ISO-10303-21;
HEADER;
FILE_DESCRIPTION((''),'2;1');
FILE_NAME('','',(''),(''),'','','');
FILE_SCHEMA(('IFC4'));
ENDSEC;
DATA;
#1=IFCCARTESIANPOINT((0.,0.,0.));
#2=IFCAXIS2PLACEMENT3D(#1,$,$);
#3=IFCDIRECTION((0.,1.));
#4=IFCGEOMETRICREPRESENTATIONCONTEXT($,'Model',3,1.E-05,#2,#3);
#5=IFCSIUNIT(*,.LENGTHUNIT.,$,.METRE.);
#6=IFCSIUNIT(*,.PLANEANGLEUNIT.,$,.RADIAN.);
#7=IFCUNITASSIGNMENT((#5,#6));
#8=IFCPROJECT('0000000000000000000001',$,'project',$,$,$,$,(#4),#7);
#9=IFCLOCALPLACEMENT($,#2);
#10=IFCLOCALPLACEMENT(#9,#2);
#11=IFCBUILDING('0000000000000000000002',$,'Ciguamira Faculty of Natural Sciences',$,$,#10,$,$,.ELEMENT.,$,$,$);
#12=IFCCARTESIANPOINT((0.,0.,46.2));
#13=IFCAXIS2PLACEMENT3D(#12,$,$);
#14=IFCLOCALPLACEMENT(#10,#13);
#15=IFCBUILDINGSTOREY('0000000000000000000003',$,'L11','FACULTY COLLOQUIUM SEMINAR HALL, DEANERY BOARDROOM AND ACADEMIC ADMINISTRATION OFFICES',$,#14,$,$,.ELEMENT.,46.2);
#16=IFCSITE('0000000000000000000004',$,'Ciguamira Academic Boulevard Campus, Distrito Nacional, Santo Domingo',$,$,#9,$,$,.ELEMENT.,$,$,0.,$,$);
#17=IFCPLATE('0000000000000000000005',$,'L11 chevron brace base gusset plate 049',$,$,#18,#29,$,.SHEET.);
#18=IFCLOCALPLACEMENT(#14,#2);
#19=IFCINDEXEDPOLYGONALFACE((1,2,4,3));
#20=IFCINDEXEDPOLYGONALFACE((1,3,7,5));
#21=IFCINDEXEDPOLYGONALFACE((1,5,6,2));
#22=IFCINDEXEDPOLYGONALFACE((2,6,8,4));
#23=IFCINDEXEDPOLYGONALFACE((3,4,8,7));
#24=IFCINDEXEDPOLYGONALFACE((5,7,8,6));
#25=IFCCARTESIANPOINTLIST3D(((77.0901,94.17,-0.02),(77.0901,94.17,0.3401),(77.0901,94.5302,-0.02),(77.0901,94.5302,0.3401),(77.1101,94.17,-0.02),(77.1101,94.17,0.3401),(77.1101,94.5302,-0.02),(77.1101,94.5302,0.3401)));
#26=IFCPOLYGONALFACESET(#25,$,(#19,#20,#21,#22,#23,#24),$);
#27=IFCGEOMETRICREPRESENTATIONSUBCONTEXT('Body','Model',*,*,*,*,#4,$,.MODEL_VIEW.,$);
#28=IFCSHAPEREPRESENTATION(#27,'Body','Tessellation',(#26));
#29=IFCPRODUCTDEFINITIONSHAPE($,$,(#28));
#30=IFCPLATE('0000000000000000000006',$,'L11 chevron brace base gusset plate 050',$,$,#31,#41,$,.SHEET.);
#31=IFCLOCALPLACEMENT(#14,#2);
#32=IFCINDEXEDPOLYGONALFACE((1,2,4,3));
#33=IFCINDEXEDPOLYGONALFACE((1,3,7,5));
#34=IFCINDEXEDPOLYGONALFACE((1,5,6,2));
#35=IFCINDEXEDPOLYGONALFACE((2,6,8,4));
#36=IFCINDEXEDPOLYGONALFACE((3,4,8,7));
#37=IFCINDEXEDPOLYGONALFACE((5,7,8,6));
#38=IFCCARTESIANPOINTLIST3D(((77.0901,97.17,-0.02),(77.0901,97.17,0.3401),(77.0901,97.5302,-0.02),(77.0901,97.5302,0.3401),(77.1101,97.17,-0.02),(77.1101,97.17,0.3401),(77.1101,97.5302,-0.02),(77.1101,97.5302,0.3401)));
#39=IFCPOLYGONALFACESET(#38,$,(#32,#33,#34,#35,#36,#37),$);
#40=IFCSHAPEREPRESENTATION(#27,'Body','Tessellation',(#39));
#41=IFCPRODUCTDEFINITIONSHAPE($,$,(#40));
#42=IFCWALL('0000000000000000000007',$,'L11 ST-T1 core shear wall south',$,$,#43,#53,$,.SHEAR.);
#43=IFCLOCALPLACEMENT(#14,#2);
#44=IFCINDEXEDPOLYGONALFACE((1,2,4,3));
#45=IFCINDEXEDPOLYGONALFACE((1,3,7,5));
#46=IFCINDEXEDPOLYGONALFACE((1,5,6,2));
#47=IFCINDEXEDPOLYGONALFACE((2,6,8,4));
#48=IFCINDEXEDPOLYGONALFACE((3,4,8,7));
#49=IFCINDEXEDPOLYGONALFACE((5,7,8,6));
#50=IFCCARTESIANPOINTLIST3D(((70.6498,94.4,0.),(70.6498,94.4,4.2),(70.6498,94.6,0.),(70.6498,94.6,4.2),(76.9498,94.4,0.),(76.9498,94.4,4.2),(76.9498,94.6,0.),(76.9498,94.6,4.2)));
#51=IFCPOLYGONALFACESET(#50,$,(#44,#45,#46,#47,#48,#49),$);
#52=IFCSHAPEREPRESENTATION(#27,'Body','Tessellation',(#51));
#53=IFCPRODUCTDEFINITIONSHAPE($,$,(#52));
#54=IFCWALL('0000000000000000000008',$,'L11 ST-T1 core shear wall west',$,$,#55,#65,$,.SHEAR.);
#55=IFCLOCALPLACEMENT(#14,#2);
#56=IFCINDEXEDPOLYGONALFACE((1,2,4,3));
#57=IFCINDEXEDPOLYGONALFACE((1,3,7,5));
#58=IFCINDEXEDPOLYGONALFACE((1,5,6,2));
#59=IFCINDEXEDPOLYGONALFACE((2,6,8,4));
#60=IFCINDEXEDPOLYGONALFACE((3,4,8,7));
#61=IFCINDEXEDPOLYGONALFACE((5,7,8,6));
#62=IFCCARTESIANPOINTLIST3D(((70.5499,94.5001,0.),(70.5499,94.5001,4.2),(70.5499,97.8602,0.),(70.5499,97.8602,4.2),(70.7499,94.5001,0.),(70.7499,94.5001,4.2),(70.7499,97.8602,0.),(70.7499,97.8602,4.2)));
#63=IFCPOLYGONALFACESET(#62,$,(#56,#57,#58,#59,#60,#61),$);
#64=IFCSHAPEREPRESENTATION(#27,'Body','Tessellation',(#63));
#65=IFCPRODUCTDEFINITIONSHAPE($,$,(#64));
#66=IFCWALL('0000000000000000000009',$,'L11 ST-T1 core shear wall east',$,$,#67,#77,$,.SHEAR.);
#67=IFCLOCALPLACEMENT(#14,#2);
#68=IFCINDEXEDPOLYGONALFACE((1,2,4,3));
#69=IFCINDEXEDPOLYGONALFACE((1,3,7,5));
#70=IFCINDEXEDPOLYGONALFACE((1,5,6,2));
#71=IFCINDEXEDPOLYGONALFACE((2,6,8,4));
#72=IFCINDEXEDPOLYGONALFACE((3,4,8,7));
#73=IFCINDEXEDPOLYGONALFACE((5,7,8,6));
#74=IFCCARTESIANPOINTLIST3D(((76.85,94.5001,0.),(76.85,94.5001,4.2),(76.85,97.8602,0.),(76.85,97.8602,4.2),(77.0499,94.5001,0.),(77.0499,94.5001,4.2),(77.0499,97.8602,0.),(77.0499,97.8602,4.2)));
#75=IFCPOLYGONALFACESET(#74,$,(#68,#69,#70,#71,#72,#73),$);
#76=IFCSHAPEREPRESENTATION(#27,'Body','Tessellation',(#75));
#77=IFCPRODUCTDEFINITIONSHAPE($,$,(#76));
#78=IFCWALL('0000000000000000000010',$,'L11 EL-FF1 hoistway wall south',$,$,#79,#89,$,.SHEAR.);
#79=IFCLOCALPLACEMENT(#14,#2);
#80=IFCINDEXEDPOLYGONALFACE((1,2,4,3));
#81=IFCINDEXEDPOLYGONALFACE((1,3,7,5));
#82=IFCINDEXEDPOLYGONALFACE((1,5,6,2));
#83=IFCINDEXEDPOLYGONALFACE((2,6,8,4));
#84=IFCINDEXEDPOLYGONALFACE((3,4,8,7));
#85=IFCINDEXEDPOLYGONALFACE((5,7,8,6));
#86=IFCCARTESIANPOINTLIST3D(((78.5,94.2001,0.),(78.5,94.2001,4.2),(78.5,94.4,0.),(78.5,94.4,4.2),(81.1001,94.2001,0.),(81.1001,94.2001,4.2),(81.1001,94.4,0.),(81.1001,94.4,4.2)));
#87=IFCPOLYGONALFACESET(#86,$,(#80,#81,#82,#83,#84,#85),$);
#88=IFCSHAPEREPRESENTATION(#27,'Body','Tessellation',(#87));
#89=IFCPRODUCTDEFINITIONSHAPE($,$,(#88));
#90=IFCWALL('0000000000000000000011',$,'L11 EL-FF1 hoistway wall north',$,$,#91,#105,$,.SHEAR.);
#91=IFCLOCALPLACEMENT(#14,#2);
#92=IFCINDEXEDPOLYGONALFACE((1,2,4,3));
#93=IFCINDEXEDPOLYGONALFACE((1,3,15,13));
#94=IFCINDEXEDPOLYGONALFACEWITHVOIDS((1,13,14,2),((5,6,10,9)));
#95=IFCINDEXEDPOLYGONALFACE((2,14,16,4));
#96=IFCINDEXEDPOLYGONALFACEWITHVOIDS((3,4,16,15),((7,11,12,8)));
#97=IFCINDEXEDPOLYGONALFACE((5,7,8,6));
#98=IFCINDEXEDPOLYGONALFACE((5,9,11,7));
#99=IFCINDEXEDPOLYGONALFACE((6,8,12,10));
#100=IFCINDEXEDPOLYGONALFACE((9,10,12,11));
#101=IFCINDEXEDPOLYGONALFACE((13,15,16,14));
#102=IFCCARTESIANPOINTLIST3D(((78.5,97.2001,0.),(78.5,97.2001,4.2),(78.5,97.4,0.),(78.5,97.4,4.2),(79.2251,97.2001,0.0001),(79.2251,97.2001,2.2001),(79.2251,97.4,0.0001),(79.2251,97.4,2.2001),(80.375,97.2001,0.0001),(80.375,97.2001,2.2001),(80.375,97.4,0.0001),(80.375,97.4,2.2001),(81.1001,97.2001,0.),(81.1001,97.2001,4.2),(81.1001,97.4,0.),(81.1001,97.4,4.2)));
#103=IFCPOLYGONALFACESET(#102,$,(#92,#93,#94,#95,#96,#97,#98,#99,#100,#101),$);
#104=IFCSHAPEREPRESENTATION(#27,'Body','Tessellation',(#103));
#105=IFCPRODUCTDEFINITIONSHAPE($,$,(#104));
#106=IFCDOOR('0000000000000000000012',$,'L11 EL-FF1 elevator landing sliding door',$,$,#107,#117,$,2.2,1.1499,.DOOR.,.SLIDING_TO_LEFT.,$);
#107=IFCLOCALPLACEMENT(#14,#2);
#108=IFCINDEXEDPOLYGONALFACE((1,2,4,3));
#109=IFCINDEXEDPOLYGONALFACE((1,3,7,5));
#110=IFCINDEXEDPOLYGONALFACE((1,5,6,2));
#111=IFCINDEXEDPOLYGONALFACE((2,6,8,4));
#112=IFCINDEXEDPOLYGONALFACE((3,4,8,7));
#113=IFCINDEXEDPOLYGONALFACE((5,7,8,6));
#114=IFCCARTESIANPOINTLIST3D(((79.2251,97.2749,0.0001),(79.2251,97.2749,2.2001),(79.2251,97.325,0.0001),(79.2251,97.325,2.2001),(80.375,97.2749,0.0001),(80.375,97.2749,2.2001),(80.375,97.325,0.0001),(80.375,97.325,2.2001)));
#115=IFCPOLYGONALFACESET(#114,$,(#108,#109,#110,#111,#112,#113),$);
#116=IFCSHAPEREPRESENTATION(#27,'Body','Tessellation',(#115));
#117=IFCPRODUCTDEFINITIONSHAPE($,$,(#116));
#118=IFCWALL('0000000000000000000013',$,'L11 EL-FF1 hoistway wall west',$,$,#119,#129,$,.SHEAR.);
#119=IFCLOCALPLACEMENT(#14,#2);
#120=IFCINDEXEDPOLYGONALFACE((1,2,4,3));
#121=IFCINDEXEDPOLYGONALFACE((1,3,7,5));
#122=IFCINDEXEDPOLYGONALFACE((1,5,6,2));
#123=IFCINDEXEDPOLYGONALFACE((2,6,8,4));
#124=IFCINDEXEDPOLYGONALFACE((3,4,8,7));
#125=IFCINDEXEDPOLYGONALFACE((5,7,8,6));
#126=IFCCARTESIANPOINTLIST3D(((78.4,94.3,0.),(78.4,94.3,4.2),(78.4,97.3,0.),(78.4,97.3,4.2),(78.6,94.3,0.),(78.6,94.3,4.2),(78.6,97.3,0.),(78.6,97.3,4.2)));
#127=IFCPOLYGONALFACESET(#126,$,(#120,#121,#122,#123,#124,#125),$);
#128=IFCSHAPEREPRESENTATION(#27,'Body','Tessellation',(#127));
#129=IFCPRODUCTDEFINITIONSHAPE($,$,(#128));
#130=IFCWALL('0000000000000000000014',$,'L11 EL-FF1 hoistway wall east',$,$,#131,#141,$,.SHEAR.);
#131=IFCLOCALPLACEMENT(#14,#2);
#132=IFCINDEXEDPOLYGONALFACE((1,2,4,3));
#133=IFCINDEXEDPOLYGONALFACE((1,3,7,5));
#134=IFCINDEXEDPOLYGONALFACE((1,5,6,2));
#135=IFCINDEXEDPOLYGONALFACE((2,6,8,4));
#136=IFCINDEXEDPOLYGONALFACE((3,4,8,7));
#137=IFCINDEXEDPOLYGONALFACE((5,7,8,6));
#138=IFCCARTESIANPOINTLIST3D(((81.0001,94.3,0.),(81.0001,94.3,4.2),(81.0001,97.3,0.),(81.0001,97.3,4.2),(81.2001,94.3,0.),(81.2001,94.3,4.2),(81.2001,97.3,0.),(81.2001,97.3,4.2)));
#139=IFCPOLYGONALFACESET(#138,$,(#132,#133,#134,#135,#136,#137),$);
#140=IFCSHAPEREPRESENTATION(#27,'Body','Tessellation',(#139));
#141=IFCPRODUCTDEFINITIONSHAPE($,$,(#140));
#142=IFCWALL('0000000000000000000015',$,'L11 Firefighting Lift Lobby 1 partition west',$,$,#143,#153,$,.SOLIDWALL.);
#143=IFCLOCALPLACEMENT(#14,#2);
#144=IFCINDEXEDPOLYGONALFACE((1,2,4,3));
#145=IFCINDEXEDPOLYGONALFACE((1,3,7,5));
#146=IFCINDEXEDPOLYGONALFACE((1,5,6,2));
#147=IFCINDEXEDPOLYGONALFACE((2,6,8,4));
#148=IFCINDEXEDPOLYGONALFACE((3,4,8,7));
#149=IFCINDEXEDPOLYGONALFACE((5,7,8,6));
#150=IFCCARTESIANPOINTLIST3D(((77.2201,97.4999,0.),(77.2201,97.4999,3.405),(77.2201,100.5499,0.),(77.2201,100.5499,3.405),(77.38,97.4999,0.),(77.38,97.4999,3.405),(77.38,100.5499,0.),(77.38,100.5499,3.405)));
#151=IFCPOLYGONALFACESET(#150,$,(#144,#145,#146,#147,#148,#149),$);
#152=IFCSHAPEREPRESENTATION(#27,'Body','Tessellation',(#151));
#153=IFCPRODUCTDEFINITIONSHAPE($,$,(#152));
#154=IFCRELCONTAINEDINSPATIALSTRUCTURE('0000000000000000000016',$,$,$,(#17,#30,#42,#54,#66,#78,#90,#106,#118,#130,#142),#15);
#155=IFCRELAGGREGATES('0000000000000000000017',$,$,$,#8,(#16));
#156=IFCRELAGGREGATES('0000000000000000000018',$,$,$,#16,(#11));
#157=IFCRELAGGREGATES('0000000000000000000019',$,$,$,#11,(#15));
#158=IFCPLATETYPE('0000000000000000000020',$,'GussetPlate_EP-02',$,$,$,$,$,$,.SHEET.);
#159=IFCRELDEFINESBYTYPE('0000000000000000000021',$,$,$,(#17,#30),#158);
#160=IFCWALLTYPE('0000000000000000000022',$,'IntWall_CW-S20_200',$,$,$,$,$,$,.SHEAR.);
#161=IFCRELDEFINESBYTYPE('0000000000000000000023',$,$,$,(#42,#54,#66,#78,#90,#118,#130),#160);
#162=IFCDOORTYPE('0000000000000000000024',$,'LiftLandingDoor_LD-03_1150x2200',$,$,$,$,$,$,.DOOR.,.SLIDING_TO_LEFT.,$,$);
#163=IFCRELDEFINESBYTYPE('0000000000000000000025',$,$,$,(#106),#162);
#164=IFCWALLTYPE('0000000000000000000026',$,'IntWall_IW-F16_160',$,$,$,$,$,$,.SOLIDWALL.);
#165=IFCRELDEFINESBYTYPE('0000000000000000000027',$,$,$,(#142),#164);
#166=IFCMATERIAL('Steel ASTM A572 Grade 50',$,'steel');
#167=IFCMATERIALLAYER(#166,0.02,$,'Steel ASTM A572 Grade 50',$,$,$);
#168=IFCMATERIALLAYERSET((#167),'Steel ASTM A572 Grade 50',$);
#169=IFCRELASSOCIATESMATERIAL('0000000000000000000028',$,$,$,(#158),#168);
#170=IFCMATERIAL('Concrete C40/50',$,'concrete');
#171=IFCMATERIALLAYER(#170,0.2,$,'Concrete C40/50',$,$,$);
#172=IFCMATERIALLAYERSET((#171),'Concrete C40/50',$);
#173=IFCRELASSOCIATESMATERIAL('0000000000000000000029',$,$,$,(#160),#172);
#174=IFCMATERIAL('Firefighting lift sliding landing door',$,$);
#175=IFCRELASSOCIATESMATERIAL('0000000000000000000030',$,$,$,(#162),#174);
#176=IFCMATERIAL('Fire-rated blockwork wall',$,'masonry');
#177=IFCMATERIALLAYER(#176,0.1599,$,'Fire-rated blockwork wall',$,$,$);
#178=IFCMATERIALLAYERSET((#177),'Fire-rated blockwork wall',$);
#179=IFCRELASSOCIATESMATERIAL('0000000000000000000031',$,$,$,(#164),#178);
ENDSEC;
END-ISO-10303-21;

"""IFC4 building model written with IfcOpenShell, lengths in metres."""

from ifc_helpers import new_model, si_unit, direction, frame, frame_2d, origin, origin_2d, place, context, subcontext, project, spatial, rectangle, extrude, material, layer, layer_set, type_object, element, fill, save


model = new_model("IFC4")

# Units and contexts
model_context = context("Model", 3, precision=1e-05, world=origin(), true_north=direction((0.0, 1.0)))
body_context = subcontext(model_context, "Body", "Model", "MODEL_VIEW")
ifc_project = project(units=[si_unit("LENGTHUNIT", "METRE"), si_unit("PLANEANGLEUNIT", "RADIAN")], contexts=[model_context])

# Site, building, storey
site_placement = place(None, origin())
site = spatial("IfcSite", under=ifc_project, at=site_placement, Name="Ciguamira Academic Boulevard Campus, Distrito Nacional, Santo Domingo", CompositionType="ELEMENT", RefElevation=0.0)
building_placement = place(site_placement, origin())
building = spatial("IfcBuilding", under=site, at=building_placement, Name="Ciguamira Faculty of Natural Sciences", CompositionType="ELEMENT")
storey_placement = place(building_placement, frame((0.0, 0.0, 46.2)))
storey = spatial("IfcBuildingStorey", under=building, at=storey_placement, Name="L11", Description="FACULTY COLLOQUIUM SEMINAR HALL, DEANERY BOARDROOM AND ACADEMIC ADMINISTRATION OFFICES", CompositionType="ELEMENT", Elevation=46.2)

# Shared definitions
ifc_material_1 = material(Name="Concrete C40/50", Category="concrete")

# Plates
ifc_material_2 = material(Name="Steel ASTM A572 Grade 50", Category="steel")
ifc_layer_1 = layer(ifc_material_2, 0.02, Name="Steel ASTM A572 Grade 50")
ifc_layer_set_1 = layer_set([ifc_layer_1], Name="Steel ASTM A572 Grade 50")
plate_type = type_object("IfcPlateType", Name="GussetPlate_EP-02", PredefinedType="SHEET", material=ifc_layer_set_1)
for number, where, z_axis, x_axis, name in (
    (1, (77.1001, 94.3501, -0.02), (0.0, 0.0, 1.0), (1.0, 0.0, 0.0), "L11 chevron brace base gusset plate 049"),
    (2, (77.1001, 97.3501, -0.02), (0.0, 0.0, 1.0), (1.0, 0.0, 0.0), "L11 chevron brace base gusset plate 050"),
):
    element("IfcPlate", number, at=place(storey_placement, frame(where, z_axis=z_axis, x_axis=x_axis)), inside=storey, type_object=plate_type, Name=name, PredefinedType="SHEET", context=body_context, shape_type="SweptSolid", body=[
        extrude(rectangle(XDim=0.02, YDim=0.3601, at=origin_2d()), origin(), (0.0, 0.0, 1.0), 0.3601),
    ])

# Walls
ifc_layer_2 = layer(ifc_material_1, 0.2, Name="Concrete C40/50")
ifc_layer_set_2 = layer_set([ifc_layer_2], Name="Concrete C40/50")
wall_type_1 = type_object("IfcWallType", Name="IntWall_CW-S20_200", PredefinedType="SHEAR", material=ifc_layer_set_2)
wall_1_placement = place(storey_placement, frame((70.6499, 94.5, 0.0), z_axis=(0.0, 0.0, 1.0), x_axis=(1.0, 0.0, 0.0)))
element("IfcWall", 3, at=wall_1_placement, inside=storey, type_object=wall_type_1, Name="L11 ST-T1 core shear wall south", PredefinedType="SHEAR", context=body_context, shape_type="SweptSolid", body=[
    extrude(rectangle(XDim=6.3, YDim=0.2, at=frame_2d((3.1499, 0.0))), origin(), (0.0, 0.0, 1.0), 4.2),
])
for number, where, z_axis, x_axis, name in (
    (4, (70.6499, 94.5, 0.0), (0.0, 0.0, 1.0), (0.0, 1.0, 0.0), "L11 ST-T1 core shear wall west"),
    (5, (76.95, 94.5, 0.0), (0.0, 0.0, 1.0), (0.0, 1.0, 0.0), "L11 ST-T1 core shear wall east"),
):
    element("IfcWall", number, at=place(storey_placement, frame(where, z_axis=z_axis, x_axis=x_axis)), inside=storey, type_object=wall_type_1, Name=name, PredefinedType="SHEAR", context=body_context, shape_type="SweptSolid", body=[
        extrude(rectangle(XDim=3.3601, YDim=0.2, at=frame_2d((1.6802, 0.0))), origin(), (0.0, 0.0, 1.0), 4.2),
    ])
wall_2_placement = place(storey_placement, frame((78.5, 94.3, 0.0), z_axis=(0.0, 0.0, 1.0), x_axis=(1.0, 0.0, 0.0)))
element("IfcWall", 6, at=wall_2_placement, inside=storey, type_object=wall_type_1, Name="L11 EL-FF1 hoistway wall south", PredefinedType="SHEAR", context=body_context, shape_type="SweptSolid", body=[
    extrude(rectangle(XDim=2.6001, YDim=0.2, at=frame_2d((1.3, 0.0))), origin(), (0.0, 0.0, 1.0), 4.2),
])

# Wall, opening, door
wall_3_placement = place(storey_placement, frame((78.5, 97.3, 0.0), z_axis=(0.0, 0.0, 1.0), x_axis=(1.0, 0.0, 0.0)))
wall_3 = element("IfcWall", 7, at=wall_3_placement, inside=storey, type_object=wall_type_1, Name="L11 EL-FF1 hoistway wall north", PredefinedType="SHEAR", context=body_context, shape_type="SweptSolid", body=[
    extrude(rectangle(XDim=2.6001, YDim=0.2, at=frame_2d((1.3, 0.0))), origin(), (0.0, 0.0, 1.0), 4.2),
])
opening_placement = place(wall_3_placement, frame((0.7251, 0.0, 0.0)))
opening = element("IfcOpeningElement", 8, at=opening_placement, cuts=wall_3, PredefinedType="OPENING", context=body_context, shape_type="SweptSolid", body=[
    extrude(rectangle(XDim=1.1499, YDim=2.2, at=frame_2d((0.575, 1.1001))), frame((0.0, 0.1099, 0.0), z_axis=(0.0, -1.0, 0.0), x_axis=(1.0, 0.0, 0.0)), (0.0, 0.0, 1.0), 0.22),
])
ifc_material_3 = material(Name="Firefighting lift sliding landing door")
door_type = type_object("IfcDoorType", Name="LiftLandingDoor_LD-03_1150x2200", OperationType="SLIDING_TO_LEFT", PredefinedType="DOOR", material=ifc_material_3)
door_placement = place(opening_placement, origin())
door = element("IfcDoor", 9, at=door_placement, inside=storey, type_object=door_type, Name="L11 EL-FF1 elevator landing sliding door", OperationType="SLIDING_TO_LEFT", OverallHeight=2.2, OverallWidth=1.1499, PredefinedType="DOOR", context=body_context, shape_type="SweptSolid", body=[
    extrude(rectangle(XDim=1.1499, YDim=2.2, at=frame_2d((0.575, 1.1001))), frame((0.0, 0.0249, 0.0), z_axis=(0.0, -1.0, 0.0), x_axis=(1.0, 0.0, 0.0)), (0.0, 0.0, 1.0), 0.05),
])
fill(opening, door)

# Walls
for number, where, z_axis, x_axis, name in (
    (10, (78.5, 94.3, 0.0), (0.0, 0.0, 1.0), (0.0, 1.0, 0.0), "L11 EL-FF1 hoistway wall west"),
    (11, (81.1001, 94.3, 0.0), (0.0, 0.0, 1.0), (0.0, 1.0, 0.0), "L11 EL-FF1 hoistway wall east"),
):
    element("IfcWall", number, at=place(storey_placement, frame(where, z_axis=z_axis, x_axis=x_axis)), inside=storey, type_object=wall_type_1, Name=name, PredefinedType="SHEAR", context=body_context, shape_type="SweptSolid", body=[
        extrude(rectangle(XDim=3.0, YDim=0.2, at=frame_2d((1.5, 0.0))), origin(), (0.0, 0.0, 1.0), 4.2),
    ])
ifc_material_4 = material(Name="Fire-rated blockwork wall", Category="masonry")
ifc_layer_3 = layer(ifc_material_4, 0.1599, Name="Fire-rated blockwork wall")
ifc_layer_set_3 = layer_set([ifc_layer_3], Name="Fire-rated blockwork wall")
wall_type_2 = type_object("IfcWallType", Name="IntWall_IW-F16_160", PredefinedType="SOLIDWALL", material=ifc_layer_set_3)
wall_4_placement = place(storey_placement, frame((77.3, 97.5, 0.0), z_axis=(0.0, 0.0, 1.0), x_axis=(0.0, 1.0, 0.0)))
element("IfcWall", 12, at=wall_4_placement, inside=storey, type_object=wall_type_2, Name="L11 Firefighting Lift Lobby 1 partition west", PredefinedType="SOLIDWALL", context=body_context, shape_type="SweptSolid", body=[
    extrude(rectangle(XDim=3.05, YDim=0.1599, at=frame_2d((1.5249, 0.0))), origin(), (0.0, 0.0, 1.0), 3.405),
])

save(model, "model.ifc")
